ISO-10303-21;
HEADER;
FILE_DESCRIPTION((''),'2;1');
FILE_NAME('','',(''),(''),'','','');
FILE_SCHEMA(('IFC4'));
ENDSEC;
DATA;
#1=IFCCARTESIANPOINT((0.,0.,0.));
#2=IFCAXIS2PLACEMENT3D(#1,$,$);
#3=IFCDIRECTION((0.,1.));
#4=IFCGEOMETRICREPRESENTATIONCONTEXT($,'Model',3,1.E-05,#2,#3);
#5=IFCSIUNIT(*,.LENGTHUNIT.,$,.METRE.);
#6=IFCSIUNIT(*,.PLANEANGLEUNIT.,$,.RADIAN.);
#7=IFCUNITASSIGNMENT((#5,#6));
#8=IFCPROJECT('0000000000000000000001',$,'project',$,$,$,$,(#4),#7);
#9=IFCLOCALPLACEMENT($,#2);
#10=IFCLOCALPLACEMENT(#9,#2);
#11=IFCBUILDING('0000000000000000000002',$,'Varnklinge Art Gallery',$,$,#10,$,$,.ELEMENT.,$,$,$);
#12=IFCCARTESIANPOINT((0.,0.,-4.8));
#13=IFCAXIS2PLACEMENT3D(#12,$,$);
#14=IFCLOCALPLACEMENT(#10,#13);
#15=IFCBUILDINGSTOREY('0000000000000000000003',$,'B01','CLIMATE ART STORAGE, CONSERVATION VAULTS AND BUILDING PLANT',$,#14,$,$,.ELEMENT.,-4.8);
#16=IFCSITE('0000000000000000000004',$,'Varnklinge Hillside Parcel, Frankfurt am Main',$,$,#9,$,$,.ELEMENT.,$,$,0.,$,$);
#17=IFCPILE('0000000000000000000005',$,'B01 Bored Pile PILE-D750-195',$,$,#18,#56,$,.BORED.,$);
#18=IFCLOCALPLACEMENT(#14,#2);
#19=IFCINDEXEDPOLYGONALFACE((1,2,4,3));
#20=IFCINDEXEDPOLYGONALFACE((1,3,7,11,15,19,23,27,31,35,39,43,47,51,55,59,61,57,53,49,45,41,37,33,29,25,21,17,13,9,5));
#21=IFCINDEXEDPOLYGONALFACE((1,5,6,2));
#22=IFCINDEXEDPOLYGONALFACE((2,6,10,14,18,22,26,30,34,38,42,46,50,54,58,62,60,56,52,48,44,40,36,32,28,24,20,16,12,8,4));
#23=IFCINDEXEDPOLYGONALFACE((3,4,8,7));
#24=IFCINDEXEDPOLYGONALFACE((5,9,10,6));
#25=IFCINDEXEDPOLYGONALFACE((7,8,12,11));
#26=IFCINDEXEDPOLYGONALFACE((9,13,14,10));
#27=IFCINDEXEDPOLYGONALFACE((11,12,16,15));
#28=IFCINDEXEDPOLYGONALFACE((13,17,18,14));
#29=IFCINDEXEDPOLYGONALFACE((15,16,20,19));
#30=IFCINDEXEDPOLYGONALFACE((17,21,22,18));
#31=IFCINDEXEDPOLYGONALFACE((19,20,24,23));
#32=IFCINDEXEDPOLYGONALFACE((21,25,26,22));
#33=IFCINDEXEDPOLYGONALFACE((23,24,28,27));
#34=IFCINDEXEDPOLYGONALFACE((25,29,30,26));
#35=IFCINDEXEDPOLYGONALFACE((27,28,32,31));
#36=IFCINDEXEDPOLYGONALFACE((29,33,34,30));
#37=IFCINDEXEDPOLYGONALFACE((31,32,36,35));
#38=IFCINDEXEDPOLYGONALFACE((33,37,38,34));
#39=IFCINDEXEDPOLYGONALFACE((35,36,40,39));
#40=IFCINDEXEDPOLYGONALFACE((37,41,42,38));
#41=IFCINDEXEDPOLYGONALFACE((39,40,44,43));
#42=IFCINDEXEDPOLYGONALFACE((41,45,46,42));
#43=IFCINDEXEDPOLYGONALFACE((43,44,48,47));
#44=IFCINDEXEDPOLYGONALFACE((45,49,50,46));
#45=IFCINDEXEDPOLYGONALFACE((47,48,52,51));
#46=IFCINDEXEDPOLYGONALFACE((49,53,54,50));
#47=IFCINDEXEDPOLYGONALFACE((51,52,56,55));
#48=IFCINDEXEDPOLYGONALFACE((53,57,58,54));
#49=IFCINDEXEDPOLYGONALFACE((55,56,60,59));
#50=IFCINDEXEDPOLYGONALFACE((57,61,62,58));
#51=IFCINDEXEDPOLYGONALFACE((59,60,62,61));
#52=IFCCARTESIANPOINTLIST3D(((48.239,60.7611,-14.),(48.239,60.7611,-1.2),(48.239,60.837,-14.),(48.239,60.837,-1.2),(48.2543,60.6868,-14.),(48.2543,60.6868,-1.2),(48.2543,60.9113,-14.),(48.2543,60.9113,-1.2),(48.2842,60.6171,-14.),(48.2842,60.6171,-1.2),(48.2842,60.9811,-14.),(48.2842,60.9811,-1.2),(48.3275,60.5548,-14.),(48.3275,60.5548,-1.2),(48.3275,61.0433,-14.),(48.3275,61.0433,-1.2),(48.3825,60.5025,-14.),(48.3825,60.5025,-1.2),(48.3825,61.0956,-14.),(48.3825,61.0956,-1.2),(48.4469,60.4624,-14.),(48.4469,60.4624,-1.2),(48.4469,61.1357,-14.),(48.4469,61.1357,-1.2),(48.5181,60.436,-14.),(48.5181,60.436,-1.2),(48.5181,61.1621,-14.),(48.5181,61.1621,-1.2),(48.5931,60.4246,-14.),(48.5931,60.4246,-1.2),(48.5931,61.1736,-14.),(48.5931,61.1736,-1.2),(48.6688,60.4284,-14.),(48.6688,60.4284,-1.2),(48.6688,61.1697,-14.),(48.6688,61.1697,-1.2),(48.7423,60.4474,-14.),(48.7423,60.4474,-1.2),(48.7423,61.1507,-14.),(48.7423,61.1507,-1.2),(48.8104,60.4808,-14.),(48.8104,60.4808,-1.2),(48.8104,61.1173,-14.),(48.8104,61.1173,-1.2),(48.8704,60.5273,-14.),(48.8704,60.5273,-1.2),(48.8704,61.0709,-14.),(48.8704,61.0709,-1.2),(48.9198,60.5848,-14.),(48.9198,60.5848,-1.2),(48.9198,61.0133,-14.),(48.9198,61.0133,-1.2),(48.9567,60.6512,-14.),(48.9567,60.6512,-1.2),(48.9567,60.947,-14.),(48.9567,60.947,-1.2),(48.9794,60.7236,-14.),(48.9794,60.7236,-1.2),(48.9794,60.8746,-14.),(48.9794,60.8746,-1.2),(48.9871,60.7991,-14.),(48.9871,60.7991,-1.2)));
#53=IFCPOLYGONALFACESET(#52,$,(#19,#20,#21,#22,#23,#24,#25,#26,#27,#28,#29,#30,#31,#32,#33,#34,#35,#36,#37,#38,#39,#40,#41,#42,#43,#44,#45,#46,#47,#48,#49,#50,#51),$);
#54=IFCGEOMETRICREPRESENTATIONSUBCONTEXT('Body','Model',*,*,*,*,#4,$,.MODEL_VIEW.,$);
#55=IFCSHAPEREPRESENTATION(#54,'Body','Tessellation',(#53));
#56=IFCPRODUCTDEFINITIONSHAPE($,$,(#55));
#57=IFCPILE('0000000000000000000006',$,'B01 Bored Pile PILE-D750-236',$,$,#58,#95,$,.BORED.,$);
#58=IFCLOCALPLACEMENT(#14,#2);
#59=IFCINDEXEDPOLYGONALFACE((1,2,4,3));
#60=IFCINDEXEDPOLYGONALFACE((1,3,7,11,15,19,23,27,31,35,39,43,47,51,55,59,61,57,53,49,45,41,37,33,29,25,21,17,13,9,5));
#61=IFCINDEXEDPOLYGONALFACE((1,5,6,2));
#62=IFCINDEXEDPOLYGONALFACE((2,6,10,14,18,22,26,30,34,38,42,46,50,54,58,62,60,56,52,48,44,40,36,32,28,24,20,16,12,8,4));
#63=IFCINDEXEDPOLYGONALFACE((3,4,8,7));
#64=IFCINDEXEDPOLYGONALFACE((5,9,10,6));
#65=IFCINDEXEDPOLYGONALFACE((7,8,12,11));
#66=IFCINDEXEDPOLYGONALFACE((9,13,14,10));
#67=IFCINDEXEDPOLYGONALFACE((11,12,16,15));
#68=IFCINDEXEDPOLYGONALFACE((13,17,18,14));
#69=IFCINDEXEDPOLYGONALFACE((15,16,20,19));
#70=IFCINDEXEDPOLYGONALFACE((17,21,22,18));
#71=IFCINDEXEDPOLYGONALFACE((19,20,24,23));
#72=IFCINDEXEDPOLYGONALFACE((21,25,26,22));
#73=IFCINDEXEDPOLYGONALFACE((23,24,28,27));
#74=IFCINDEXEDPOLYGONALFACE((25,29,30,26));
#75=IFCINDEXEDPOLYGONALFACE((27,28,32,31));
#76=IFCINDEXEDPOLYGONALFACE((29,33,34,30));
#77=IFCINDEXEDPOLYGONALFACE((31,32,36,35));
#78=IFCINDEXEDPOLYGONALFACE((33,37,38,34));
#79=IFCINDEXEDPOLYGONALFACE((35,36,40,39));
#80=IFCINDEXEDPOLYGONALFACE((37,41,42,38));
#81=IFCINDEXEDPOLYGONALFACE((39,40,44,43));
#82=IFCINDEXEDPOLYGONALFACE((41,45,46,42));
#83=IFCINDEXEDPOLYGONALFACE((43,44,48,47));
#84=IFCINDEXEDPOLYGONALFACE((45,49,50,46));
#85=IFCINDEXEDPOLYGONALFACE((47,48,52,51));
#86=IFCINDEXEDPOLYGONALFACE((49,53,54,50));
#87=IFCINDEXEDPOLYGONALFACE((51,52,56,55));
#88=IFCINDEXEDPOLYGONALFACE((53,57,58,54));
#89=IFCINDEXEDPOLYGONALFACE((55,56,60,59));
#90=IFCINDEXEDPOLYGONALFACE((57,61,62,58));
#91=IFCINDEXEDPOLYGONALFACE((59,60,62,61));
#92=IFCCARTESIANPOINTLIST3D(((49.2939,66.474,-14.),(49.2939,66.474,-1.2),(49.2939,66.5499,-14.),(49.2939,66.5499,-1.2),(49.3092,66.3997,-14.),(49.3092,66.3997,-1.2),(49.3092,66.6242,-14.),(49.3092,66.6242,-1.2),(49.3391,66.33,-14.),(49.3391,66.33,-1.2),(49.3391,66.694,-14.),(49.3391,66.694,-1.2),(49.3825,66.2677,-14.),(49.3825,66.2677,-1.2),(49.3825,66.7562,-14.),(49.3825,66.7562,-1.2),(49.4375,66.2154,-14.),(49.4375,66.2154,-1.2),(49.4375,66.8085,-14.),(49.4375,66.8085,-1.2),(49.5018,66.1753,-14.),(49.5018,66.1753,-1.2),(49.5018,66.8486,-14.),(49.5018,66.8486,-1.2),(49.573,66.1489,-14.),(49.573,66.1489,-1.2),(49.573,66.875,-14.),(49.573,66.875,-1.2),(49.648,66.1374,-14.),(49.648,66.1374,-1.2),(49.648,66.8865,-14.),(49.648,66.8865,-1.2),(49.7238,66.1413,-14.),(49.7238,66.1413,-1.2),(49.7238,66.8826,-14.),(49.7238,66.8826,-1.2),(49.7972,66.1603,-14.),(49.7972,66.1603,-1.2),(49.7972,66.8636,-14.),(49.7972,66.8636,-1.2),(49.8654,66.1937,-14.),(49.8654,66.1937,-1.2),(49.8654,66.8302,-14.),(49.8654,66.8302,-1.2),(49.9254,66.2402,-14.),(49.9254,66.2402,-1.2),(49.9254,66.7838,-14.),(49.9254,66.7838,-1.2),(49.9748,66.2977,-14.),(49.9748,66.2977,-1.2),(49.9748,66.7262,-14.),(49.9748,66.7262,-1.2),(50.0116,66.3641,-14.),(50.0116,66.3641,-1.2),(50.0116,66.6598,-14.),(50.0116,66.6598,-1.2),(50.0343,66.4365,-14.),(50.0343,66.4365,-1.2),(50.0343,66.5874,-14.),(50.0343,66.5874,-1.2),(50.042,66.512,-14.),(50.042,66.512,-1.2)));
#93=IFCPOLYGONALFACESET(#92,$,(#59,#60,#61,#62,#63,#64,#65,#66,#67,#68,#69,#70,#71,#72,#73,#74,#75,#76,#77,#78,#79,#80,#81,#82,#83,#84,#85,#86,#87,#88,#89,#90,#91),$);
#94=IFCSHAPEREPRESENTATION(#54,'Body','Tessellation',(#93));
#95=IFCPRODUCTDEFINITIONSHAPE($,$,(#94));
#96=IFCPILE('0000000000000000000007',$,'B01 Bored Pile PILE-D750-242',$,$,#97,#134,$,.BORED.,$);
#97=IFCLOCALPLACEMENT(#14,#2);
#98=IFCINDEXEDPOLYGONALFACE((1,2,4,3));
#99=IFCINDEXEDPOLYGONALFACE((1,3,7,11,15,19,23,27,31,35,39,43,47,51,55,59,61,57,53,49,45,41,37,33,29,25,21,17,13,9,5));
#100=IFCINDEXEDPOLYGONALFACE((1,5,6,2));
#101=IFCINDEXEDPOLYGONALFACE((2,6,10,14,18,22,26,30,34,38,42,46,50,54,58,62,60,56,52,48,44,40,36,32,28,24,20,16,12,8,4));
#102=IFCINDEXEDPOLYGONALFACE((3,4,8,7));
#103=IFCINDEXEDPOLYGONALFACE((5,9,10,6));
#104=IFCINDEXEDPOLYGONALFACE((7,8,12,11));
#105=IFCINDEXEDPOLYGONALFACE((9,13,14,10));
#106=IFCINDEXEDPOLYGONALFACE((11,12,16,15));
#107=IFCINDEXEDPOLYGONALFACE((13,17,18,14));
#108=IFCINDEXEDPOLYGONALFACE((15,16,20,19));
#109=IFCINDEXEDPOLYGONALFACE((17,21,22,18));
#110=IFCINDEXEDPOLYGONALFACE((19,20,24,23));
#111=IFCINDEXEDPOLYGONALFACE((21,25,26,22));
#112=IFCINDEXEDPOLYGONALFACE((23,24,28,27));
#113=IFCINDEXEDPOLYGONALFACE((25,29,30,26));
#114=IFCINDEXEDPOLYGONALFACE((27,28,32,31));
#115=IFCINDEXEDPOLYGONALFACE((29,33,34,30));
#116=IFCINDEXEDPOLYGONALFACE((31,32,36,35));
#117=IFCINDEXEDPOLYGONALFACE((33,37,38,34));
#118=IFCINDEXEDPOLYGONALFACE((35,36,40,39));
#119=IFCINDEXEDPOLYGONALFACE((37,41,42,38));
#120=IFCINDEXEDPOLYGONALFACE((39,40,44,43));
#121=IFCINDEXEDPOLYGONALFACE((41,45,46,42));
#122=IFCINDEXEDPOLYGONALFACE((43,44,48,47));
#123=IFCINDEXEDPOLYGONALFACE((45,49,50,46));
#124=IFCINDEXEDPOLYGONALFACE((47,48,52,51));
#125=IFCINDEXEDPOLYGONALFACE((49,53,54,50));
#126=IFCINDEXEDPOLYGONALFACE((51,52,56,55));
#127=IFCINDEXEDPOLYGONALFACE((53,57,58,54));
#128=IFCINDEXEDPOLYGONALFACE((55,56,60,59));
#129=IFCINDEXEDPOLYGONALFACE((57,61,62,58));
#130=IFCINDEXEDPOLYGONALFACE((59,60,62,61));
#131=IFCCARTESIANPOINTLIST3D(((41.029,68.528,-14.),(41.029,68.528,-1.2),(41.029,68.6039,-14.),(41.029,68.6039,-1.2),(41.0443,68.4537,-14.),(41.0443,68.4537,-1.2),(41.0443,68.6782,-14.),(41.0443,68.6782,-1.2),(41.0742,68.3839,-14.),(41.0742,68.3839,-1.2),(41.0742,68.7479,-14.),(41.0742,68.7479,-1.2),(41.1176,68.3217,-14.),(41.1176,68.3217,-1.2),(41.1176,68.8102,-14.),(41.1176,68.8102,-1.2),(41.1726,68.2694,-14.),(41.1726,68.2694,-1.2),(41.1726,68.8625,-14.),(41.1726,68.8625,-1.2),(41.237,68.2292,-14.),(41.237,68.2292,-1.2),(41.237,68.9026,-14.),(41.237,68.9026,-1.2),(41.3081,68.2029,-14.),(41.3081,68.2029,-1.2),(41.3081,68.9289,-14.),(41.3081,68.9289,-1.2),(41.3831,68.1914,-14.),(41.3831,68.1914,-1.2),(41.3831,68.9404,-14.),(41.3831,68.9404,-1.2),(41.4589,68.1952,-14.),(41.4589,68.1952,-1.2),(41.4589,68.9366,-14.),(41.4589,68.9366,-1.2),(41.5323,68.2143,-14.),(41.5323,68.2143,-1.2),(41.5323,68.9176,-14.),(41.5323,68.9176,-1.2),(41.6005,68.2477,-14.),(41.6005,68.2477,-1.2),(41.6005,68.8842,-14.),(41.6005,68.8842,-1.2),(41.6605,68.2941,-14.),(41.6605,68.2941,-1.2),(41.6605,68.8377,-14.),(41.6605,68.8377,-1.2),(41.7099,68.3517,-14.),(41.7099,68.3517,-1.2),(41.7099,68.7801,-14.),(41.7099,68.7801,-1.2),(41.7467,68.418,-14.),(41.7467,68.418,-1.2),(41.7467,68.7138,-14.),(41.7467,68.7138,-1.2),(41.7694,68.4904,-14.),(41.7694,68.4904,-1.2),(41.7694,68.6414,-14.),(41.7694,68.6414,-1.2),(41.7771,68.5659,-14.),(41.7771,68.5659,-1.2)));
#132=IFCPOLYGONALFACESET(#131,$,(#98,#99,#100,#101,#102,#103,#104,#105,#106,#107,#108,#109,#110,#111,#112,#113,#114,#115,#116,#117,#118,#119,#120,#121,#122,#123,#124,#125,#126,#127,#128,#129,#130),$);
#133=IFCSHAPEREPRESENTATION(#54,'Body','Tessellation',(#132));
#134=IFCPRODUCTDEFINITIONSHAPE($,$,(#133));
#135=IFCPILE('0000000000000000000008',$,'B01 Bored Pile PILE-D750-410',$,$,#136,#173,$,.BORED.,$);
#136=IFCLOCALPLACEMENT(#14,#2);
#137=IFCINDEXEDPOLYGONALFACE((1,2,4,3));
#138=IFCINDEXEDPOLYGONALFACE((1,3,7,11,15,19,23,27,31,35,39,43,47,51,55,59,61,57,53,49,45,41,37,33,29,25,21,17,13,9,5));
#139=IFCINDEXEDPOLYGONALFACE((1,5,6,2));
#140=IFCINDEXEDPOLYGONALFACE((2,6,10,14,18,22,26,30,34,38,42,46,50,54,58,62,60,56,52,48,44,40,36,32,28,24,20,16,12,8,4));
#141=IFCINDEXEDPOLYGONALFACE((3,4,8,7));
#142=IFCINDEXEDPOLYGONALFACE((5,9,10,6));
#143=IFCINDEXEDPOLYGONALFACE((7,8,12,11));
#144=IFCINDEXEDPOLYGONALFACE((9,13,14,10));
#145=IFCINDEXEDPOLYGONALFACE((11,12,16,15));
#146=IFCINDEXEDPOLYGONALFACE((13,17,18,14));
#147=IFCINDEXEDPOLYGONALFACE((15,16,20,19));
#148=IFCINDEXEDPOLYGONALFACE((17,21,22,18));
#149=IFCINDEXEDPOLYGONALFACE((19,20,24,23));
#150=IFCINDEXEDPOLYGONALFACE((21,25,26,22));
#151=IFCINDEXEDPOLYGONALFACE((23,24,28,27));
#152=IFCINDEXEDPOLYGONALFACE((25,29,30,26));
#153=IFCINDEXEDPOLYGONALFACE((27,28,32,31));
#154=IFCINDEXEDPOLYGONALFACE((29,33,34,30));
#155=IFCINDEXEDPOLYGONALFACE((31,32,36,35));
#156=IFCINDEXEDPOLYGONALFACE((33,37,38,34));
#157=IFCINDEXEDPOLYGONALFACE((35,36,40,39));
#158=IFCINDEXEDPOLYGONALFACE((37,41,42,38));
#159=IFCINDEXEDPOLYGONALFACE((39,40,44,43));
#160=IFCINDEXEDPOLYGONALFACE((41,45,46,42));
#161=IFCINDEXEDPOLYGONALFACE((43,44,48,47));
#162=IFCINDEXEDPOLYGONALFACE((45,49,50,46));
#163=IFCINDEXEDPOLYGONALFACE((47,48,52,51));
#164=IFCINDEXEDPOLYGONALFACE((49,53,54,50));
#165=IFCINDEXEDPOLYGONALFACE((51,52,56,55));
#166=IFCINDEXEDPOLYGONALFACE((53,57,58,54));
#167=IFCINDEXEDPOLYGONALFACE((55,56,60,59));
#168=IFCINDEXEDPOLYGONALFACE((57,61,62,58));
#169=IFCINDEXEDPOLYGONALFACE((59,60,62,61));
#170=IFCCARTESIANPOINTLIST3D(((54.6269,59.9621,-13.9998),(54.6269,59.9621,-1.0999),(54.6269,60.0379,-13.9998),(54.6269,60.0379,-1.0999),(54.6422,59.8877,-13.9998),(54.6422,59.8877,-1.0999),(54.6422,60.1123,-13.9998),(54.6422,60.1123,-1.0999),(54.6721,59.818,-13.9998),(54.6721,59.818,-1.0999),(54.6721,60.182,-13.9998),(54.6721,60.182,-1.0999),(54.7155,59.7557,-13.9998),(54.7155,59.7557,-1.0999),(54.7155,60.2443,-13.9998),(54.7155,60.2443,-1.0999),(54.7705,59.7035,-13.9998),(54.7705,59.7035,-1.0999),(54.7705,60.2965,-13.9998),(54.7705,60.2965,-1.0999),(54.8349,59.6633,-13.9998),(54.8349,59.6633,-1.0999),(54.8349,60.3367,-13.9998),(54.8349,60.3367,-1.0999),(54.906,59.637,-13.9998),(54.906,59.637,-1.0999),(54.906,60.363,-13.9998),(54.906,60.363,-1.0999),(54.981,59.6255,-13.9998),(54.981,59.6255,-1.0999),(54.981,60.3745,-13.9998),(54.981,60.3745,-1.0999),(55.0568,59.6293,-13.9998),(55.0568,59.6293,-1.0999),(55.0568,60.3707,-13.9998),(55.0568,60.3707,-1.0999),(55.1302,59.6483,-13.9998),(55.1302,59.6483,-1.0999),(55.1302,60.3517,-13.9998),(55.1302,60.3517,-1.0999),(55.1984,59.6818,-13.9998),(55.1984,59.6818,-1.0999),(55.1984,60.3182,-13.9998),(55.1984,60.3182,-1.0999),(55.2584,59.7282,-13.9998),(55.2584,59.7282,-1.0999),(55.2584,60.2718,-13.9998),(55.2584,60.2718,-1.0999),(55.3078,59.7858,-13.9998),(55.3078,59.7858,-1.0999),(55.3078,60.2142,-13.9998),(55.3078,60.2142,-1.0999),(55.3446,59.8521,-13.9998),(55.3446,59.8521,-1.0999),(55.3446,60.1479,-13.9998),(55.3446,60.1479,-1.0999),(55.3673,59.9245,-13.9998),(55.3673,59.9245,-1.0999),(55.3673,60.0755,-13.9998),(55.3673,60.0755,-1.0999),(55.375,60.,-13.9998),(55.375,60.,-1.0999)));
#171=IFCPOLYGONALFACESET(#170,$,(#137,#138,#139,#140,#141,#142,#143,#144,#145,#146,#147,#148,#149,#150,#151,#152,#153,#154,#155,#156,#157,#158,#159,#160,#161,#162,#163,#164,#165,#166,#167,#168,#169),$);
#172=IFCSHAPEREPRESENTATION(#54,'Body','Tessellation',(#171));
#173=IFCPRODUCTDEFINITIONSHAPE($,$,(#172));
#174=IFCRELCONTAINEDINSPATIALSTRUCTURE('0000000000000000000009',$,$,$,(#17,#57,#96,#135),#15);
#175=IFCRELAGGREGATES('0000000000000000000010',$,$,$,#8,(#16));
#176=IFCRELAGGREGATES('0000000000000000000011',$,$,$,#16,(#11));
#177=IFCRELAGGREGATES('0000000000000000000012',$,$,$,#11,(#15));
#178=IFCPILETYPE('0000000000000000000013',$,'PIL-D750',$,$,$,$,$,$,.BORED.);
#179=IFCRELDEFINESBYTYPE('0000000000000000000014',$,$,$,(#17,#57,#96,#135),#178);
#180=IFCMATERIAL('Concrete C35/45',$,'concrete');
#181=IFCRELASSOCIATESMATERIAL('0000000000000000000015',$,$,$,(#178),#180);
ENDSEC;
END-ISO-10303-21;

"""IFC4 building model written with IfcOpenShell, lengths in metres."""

from ifc_helpers import new_model, si_unit, direction, frame, origin, origin_2d, place, context, subcontext, project, spatial, circle, extrude, material, material_profile, profile_set, type_object, element, save


model = new_model("IFC4")

# Units and contexts
model_context = context("Model", 3, precision=1e-05, world=origin(), true_north=direction((0.0, 1.0)))
body_context = subcontext(model_context, "Body", "Model", "MODEL_VIEW")
ifc_project = project(units=[si_unit("LENGTHUNIT", "METRE"), si_unit("PLANEANGLEUNIT", "RADIAN")], contexts=[model_context])

# Site, building, storey
site_placement = place(None, origin())
site = spatial("IfcSite", under=ifc_project, at=site_placement, Name="Varnklinge Hillside Parcel, Frankfurt am Main", CompositionType="ELEMENT", RefElevation=0.0)
building_placement = place(site_placement, origin())
building = spatial("IfcBuilding", under=site, at=building_placement, Name="Varnklinge Art Gallery", CompositionType="ELEMENT")
storey_placement = place(building_placement, frame((0.0, 0.0, -4.8)))
storey = spatial("IfcBuildingStorey", under=building, at=storey_placement, Name="B01", Description="CLIMATE ART STORAGE, CONSERVATION VAULTS AND BUILDING PLANT", CompositionType="ELEMENT", Elevation=-4.8)

# Piles
ifc_material_1 = material(Name="Concrete C35/45", Category="concrete")
ifc_material_profile_1 = material_profile(ifc_material_1, circle(Radius=0.375, at=origin_2d()), Name="PILE D750")
ifc_profile_set_1 = profile_set([ifc_material_profile_1], Name="Concrete C35/45")
pile_type_1 = type_object("IfcPileType", Name="PIL-D750", PredefinedType="BORED", material=ifc_profile_set_1)
for number, where, z_axis, x_axis, name in (
    (1, (48.6121, 60.7991, -1.2), (0.0, 0.0, -1.0), (1.0, 0.0, 0.0), "B01 Bored Pile PILE-D750-195"),
    (2, (49.667, 66.512, -1.2), (0.0, 0.0, -1.0), (1.0, 0.0, 0.0), "B01 Bored Pile PILE-D750-236"),
    (3, (41.4021, 68.5659, -1.2), (0.0, 0.0, -1.0), (1.0, 0.0, 0.0), "B01 Bored Pile PILE-D750-242"),
):
    element("IfcPile", number, at=place(storey_placement, frame(where, z_axis=z_axis, x_axis=x_axis)), inside=storey, type_object=pile_type_1, Name=name, PredefinedType="BORED", context=body_context, shape_type="SweptSolid", body=[
        extrude(circle(Radius=0.375, at=origin_2d()), origin(), (0.0, 0.0, 1.0), 12.8),
    ])
pile_1_placement = place(storey_placement, frame((55.0, 60.0, -1.0999), z_axis=(0.0, 0.0, -1.0), x_axis=(1.0, 0.0, 0.0)))
element("IfcPile", 4, at=pile_1_placement, inside=storey, type_object=pile_type_1, Name="B01 Bored Pile PILE-D750-410", PredefinedType="BORED", context=body_context, shape_type="SweptSolid", body=[
    extrude(circle(Radius=0.375, at=origin_2d()), origin(), (0.0, 0.0, 1.0), 12.8999),
])

save(model, "model.ifc")
